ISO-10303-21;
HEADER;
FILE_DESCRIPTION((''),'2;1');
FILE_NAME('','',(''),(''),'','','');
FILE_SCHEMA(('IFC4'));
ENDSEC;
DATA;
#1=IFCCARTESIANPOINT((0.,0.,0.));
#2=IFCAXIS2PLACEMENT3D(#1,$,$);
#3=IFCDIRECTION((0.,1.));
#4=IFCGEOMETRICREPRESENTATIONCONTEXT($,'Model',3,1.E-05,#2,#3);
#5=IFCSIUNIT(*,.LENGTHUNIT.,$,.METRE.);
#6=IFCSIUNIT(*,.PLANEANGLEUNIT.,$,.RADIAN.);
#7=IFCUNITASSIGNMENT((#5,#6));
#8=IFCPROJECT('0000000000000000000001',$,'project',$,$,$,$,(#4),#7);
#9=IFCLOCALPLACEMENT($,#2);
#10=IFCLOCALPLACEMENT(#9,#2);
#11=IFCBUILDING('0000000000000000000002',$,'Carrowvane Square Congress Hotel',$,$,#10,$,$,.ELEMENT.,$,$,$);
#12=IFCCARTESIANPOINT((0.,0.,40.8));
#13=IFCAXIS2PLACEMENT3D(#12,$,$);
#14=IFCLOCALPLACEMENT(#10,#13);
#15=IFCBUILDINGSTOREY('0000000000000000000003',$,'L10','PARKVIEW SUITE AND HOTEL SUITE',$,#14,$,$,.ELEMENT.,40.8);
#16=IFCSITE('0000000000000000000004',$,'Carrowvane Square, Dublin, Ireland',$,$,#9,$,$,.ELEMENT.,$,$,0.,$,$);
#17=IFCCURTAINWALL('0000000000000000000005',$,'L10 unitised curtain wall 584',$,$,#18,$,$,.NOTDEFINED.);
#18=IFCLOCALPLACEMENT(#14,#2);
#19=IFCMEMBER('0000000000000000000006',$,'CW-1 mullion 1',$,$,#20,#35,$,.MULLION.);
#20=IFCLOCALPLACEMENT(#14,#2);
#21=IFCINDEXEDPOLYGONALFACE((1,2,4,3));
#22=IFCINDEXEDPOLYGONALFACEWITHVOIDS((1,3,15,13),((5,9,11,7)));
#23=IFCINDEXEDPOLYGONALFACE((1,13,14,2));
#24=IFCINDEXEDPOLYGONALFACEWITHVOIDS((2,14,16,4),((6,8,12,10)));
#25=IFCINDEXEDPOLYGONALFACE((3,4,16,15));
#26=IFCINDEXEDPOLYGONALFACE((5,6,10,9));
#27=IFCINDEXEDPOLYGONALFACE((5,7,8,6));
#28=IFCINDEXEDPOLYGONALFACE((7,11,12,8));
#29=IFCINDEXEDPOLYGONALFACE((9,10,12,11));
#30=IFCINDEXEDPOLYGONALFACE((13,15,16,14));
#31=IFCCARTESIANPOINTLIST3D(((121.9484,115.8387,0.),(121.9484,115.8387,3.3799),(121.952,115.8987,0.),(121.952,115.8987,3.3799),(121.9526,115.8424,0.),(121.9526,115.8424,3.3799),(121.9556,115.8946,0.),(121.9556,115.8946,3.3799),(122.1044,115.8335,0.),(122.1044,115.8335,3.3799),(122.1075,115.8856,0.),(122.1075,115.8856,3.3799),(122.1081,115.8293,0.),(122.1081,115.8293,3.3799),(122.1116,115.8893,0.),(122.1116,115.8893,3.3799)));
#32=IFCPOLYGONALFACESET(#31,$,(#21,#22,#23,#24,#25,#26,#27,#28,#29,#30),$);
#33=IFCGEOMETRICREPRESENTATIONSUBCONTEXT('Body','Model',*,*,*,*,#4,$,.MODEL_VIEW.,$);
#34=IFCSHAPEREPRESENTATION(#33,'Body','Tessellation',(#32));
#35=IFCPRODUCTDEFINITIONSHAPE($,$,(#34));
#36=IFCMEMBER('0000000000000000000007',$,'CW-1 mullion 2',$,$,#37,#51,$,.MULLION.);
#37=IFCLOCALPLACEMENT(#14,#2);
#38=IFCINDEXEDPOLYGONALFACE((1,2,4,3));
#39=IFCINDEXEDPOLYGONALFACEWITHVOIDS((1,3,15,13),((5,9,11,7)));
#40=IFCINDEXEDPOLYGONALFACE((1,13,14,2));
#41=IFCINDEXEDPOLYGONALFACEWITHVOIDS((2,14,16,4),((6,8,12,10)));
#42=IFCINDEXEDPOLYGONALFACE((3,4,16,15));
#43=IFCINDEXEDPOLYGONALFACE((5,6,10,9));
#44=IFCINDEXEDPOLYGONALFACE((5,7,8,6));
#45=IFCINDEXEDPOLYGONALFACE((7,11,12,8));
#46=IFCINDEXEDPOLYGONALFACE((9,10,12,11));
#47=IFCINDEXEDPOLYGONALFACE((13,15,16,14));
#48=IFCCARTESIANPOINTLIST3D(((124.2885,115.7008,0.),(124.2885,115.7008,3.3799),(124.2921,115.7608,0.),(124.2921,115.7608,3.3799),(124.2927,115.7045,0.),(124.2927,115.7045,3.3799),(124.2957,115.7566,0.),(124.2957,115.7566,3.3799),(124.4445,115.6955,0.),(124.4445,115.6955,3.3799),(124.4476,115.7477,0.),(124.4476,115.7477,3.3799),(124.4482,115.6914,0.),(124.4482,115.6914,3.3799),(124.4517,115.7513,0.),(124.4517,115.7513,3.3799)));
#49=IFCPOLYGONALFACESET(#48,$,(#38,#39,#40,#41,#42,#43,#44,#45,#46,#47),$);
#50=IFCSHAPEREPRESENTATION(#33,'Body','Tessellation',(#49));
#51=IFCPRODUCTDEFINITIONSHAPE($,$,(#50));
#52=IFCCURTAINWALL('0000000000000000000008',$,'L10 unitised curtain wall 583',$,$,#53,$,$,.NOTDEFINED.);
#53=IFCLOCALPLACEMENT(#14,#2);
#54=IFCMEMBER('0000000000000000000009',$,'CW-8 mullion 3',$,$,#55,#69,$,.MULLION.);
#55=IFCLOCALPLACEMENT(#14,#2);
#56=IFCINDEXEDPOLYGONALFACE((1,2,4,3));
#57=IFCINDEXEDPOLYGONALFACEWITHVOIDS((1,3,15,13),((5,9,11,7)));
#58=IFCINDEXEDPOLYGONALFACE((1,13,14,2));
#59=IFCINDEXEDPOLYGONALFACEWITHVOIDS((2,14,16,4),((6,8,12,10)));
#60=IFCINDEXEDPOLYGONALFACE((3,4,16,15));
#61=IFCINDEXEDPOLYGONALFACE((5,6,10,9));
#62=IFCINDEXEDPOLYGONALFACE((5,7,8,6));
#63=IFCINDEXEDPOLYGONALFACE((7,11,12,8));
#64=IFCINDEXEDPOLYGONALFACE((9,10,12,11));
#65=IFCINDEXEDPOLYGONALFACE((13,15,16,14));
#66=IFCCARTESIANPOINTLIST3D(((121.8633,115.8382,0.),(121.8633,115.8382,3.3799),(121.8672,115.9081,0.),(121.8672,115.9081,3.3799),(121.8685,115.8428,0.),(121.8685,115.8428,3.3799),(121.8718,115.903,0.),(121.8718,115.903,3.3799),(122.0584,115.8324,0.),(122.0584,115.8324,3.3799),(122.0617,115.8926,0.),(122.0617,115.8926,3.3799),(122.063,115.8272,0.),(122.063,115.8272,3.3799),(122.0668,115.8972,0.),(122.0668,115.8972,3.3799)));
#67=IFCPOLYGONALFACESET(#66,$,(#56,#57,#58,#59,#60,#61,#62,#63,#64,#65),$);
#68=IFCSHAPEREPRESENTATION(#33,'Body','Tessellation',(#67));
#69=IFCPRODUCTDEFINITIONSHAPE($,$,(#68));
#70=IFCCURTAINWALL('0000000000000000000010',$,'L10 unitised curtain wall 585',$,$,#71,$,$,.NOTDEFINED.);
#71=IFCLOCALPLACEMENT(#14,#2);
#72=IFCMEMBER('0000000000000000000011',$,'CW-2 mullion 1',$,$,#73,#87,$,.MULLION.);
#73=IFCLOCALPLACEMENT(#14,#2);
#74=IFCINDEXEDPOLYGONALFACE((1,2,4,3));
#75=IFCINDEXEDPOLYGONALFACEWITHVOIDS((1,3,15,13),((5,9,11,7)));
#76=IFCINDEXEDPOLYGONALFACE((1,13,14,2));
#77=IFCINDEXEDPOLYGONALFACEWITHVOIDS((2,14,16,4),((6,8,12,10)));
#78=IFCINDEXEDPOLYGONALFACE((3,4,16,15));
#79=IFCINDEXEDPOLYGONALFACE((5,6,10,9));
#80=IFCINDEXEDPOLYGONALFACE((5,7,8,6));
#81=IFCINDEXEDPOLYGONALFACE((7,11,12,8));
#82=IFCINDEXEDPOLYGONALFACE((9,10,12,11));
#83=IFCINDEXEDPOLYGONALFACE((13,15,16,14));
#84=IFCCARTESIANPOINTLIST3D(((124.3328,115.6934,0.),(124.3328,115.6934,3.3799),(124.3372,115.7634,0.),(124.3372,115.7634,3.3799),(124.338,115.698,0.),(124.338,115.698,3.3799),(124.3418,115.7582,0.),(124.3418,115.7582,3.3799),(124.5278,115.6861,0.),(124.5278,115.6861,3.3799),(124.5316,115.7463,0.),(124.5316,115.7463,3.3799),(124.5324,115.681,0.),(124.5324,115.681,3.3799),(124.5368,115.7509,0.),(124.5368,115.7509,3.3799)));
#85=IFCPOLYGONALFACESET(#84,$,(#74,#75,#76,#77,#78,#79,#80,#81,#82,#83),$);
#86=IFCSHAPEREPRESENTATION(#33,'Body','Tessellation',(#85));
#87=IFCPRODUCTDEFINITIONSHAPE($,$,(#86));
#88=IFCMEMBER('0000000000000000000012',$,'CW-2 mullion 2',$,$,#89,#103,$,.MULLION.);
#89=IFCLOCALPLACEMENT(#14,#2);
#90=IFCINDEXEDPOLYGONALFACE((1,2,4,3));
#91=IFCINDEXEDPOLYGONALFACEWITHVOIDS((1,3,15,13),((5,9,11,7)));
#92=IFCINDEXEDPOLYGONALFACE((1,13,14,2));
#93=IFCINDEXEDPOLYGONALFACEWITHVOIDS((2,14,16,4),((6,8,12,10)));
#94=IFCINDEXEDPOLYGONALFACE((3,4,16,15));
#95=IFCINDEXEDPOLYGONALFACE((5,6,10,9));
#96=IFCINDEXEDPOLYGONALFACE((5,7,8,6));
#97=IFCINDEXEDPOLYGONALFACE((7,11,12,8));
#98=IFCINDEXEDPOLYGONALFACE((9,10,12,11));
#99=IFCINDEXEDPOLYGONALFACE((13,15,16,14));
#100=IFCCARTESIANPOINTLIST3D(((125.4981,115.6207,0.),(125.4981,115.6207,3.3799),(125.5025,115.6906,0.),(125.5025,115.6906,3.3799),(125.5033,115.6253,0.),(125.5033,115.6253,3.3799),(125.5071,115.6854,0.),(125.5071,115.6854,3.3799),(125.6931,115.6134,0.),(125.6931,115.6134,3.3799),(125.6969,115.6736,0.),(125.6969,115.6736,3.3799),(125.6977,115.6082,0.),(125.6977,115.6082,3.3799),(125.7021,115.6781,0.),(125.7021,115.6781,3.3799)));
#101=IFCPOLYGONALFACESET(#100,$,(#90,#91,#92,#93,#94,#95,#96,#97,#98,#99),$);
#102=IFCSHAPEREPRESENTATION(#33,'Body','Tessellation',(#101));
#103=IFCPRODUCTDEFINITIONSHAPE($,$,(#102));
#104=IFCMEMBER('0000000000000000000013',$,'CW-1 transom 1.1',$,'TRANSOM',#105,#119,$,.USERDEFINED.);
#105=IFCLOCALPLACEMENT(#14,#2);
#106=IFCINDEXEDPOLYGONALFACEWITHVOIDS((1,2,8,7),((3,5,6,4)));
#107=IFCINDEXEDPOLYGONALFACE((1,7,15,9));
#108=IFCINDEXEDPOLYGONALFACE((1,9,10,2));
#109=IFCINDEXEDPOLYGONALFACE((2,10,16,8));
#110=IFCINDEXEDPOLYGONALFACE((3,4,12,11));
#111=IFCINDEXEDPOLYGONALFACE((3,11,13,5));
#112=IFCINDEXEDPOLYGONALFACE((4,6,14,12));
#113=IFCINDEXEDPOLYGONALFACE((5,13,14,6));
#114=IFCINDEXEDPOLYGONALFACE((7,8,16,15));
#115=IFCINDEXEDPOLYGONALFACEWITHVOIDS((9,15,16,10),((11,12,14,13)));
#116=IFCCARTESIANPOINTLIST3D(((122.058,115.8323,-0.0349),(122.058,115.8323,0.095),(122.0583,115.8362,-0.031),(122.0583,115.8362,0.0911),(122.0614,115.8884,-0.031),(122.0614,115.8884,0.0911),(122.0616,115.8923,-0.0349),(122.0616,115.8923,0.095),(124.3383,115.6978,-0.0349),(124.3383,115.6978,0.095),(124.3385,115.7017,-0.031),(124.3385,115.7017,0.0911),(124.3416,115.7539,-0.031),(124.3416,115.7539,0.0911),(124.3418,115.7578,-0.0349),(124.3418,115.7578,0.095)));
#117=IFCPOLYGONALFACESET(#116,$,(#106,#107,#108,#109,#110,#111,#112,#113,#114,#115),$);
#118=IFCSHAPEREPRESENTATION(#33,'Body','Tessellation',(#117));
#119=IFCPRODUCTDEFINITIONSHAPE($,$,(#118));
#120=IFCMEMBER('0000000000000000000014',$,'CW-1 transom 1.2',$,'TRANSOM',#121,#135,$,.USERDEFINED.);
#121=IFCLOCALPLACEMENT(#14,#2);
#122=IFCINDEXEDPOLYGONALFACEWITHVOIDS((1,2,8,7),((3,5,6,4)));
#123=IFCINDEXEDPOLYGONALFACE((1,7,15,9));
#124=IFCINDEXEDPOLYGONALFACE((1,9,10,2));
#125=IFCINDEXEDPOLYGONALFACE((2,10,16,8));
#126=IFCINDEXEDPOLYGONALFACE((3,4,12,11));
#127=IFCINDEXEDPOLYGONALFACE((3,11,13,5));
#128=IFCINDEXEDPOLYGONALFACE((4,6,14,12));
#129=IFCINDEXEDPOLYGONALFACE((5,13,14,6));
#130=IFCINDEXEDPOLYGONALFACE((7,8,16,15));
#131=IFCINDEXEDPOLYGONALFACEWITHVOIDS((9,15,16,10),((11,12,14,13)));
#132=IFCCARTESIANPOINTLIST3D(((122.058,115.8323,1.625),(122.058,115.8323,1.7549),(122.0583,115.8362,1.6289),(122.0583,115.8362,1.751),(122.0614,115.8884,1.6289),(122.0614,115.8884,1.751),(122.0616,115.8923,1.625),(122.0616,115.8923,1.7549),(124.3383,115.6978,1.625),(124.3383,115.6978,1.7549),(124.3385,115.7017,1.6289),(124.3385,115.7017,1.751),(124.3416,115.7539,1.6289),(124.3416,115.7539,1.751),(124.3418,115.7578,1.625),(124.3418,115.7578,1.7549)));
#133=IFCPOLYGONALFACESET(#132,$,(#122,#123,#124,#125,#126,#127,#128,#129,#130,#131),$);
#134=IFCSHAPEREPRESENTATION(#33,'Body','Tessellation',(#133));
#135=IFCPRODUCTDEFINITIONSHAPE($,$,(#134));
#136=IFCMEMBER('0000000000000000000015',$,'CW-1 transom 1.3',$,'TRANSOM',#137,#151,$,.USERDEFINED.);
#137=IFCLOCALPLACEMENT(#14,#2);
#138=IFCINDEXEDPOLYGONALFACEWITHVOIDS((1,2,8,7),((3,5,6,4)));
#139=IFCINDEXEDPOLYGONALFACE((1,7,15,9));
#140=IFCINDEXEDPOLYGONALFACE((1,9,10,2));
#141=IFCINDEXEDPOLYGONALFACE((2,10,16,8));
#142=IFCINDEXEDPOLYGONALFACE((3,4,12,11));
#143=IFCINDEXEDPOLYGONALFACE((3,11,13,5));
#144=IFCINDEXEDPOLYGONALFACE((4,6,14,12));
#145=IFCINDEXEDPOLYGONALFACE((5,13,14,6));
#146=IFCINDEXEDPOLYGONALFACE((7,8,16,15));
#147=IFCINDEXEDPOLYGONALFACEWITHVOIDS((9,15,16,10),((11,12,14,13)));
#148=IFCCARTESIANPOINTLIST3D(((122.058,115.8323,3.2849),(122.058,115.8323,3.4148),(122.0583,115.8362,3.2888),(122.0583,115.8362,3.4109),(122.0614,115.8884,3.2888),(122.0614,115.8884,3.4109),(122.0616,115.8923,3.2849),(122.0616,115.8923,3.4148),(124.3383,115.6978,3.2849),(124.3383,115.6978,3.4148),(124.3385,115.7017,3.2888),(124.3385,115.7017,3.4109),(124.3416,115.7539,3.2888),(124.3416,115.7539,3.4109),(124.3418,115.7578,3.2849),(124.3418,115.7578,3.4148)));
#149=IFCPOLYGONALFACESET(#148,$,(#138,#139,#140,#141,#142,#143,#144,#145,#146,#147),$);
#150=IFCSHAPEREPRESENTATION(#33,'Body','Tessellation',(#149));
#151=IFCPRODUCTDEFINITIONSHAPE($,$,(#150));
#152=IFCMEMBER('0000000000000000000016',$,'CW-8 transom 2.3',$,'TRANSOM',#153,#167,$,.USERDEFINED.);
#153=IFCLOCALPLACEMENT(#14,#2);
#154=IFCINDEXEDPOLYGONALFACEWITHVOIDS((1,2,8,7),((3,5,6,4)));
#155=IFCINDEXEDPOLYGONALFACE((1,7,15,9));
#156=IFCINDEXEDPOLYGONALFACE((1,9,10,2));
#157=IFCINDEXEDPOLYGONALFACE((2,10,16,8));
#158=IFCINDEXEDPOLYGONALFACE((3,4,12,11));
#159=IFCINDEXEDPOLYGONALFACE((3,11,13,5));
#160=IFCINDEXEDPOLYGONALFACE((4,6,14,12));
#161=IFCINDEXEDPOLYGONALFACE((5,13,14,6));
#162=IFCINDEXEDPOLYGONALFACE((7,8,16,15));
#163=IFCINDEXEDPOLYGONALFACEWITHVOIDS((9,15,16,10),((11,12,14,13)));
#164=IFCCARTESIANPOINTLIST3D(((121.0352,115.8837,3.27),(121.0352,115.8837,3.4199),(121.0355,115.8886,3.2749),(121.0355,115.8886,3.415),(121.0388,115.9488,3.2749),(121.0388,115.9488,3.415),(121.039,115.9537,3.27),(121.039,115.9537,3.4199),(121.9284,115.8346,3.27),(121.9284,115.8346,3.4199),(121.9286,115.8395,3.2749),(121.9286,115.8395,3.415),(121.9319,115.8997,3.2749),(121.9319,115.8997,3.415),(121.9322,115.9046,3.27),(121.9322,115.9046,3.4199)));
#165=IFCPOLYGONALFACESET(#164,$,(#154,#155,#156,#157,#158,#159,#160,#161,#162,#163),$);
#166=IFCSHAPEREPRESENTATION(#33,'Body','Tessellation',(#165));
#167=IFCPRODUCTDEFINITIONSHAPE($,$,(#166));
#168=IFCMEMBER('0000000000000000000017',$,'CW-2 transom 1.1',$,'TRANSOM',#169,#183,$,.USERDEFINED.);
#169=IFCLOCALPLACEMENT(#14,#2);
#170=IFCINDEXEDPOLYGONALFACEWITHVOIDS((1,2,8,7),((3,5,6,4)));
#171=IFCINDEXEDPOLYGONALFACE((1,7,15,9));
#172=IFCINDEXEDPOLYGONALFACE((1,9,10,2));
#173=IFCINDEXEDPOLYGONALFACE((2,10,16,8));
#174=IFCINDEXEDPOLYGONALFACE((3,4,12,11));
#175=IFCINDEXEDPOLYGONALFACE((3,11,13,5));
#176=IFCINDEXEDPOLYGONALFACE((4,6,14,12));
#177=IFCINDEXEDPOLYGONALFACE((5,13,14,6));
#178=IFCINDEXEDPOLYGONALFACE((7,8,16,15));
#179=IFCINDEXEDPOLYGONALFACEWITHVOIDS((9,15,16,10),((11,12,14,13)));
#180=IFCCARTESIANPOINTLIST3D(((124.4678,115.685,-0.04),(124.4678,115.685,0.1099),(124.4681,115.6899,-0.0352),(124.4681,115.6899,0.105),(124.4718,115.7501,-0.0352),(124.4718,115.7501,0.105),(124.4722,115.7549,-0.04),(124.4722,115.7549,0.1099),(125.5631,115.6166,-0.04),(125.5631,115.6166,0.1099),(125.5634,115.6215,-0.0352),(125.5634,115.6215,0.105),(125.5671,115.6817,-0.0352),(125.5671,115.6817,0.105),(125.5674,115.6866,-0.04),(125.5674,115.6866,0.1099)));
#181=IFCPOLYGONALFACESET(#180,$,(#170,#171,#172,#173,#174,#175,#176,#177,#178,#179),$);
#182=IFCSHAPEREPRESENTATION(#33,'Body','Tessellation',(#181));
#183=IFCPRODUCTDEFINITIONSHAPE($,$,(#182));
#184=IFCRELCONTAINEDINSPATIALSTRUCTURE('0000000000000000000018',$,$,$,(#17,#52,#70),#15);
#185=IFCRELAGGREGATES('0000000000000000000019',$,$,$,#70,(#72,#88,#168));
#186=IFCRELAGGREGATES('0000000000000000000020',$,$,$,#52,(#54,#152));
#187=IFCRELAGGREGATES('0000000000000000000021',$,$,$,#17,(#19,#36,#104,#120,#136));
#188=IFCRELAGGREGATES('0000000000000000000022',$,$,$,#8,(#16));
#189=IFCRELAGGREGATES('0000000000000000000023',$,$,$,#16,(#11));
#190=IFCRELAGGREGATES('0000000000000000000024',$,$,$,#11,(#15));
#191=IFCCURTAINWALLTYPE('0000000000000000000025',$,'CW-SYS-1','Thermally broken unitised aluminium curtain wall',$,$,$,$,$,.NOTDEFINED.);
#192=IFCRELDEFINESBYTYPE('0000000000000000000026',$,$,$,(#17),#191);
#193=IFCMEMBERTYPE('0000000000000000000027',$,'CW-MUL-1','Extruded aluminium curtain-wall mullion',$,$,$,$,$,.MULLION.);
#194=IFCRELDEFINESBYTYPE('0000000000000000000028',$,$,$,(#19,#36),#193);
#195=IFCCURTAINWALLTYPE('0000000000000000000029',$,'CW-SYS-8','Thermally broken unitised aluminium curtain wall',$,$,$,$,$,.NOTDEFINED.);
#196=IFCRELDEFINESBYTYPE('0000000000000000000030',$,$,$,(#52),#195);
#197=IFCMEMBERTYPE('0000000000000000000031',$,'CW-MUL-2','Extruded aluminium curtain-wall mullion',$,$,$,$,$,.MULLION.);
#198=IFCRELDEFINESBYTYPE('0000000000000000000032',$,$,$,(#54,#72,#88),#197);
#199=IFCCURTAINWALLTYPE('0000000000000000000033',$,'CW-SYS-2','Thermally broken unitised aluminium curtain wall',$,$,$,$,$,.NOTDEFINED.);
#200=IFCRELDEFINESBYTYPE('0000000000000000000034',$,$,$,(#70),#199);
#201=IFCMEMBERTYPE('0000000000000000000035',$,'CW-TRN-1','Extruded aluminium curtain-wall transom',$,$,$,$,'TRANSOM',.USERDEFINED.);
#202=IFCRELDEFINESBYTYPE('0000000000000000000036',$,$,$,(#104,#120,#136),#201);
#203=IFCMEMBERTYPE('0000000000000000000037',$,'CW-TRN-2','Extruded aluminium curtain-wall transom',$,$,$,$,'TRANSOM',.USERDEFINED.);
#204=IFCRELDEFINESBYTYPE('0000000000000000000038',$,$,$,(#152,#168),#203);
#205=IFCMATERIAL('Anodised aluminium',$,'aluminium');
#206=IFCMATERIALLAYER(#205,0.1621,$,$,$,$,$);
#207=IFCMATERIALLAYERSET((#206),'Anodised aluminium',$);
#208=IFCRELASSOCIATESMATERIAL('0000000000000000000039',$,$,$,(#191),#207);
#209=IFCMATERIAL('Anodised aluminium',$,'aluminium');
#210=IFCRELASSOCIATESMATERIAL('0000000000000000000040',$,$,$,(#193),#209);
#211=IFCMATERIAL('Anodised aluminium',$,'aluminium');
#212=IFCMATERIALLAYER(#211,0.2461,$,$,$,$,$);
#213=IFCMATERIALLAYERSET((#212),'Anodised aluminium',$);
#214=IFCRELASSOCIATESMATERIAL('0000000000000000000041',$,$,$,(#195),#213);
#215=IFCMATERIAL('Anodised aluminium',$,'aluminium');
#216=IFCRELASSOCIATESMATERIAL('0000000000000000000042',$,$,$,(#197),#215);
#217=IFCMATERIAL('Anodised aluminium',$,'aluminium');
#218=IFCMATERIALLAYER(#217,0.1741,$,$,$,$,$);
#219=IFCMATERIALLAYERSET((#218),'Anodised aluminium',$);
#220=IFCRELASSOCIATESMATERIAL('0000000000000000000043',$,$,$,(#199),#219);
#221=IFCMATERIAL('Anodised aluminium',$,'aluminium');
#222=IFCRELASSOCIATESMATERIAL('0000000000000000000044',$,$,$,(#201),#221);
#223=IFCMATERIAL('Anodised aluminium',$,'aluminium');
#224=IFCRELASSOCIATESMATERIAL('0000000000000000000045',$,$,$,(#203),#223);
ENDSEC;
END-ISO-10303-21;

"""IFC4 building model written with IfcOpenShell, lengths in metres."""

from ifc_helpers import new_model, si_unit, direction, frame, origin, origin_2d, place, context, subcontext, project, spatial, hollow_rectangle, extrude, material, layer, layer_set, material_profile, profile_set, type_object, element, aggregate, save


model = new_model("IFC4")

# Units and contexts
model_context = context("Model", 3, precision=1e-05, world=origin(), true_north=direction((0.0, 1.0)))
body_context = subcontext(model_context, "Body", "Model", "MODEL_VIEW")
ifc_project = project(units=[si_unit("LENGTHUNIT", "METRE"), si_unit("PLANEANGLEUNIT", "RADIAN")], contexts=[model_context])

# Site, building, storey
site_placement = place(None, origin())
site = spatial("IfcSite", under=ifc_project, at=site_placement, Name="Carrowvane Square, Dublin, Ireland", CompositionType="ELEMENT", RefElevation=0.0)
building_placement = place(site_placement, origin())
building = spatial("IfcBuilding", under=site, at=building_placement, Name="Carrowvane Square Congress Hotel", CompositionType="ELEMENT")
storey_placement = place(building_placement, frame((0.0, 0.0, 40.8)))
storey = spatial("IfcBuildingStorey", under=building, at=storey_placement, Name="L10", Description="PARKVIEW SUITE AND HOTEL SUITE", CompositionType="ELEMENT", Elevation=40.8)

# Curtain wall, members
ifc_material_1 = material(Name="Anodised aluminium", Category="aluminium")
ifc_layer_1 = layer(ifc_material_1, 0.1621)
ifc_layer_set_1 = layer_set([ifc_layer_1], Name="Anodised aluminium")
curtain_wall_type_1 = type_object("IfcCurtainWallType", Name="CW-SYS-1", Description="Thermally broken unitised aluminium curtain wall", PredefinedType="NOTDEFINED", material=ifc_layer_set_1)
curtain_wall_1_placement = place(storey_placement, origin())
curtain_wall_1 = element("IfcCurtainWall", 1, at=curtain_wall_1_placement, inside=storey, type_object=curtain_wall_type_1, Name="L10 unitised curtain wall 584", PredefinedType="NOTDEFINED")
ifc_material_2 = material(Name="Anodised aluminium", Category="aluminium")
ifc_material_profile_1 = material_profile(ifc_material_2, hollow_rectangle(XDim=0.0601, YDim=0.1599, WallThickness=0.0039, at=origin_2d()), Name="CW-ML 60x160x4")
ifc_profile_set_1 = profile_set([ifc_material_profile_1], Name="Anodised aluminium")
member_type_1 = type_object("IfcMemberType", Name="CW-MUL-1", Description="Extruded aluminium curtain-wall mullion", PredefinedType="MULLION", material=ifc_profile_set_1)
member_1_placement = place(storey_placement, frame((122.03, 115.864, 0.0), z_axis=(0.0, 0.0, 1.0), x_axis=(0.058851, 0.998267, 0.0)))
member_1 = element("IfcMember", 2, at=member_1_placement, type_object=member_type_1, Name="CW-1 mullion 1", PredefinedType="MULLION", context=body_context, shape_type="SweptSolid", body=[
    extrude(hollow_rectangle(XDim=0.0601, YDim=0.1599, WallThickness=0.0039, at=origin_2d()), origin(), (0.0, 0.0, 1.0), 3.3799),
])
member_2_placement = place(storey_placement, frame((124.3701, 115.7261, 0.0), z_axis=(0.0, 0.0, 1.0), x_axis=(0.058851, 0.998267, 0.0)))
member_2 = element("IfcMember", 3, at=member_2_placement, type_object=member_type_1, Name="CW-1 mullion 2", PredefinedType="MULLION", context=body_context, shape_type="SweptSolid", body=[
    extrude(hollow_rectangle(XDim=0.0601, YDim=0.1599, WallThickness=0.0039, at=origin_2d()), origin(), (0.0, 0.0, 1.0), 3.3799),
])

# Curtain wall, member
ifc_material_3 = material(Name="Anodised aluminium", Category="aluminium")
ifc_layer_2 = layer(ifc_material_3, 0.2461)
ifc_layer_set_2 = layer_set([ifc_layer_2], Name="Anodised aluminium")
curtain_wall_type_2 = type_object("IfcCurtainWallType", Name="CW-SYS-8", Description="Thermally broken unitised aluminium curtain wall", PredefinedType="NOTDEFINED", material=ifc_layer_set_2)
curtain_wall_2_placement = place(storey_placement, origin())
curtain_wall_2 = element("IfcCurtainWall", 4, at=curtain_wall_2_placement, inside=storey, type_object=curtain_wall_type_2, Name="L10 unitised curtain wall 583", PredefinedType="NOTDEFINED")
ifc_material_4 = material(Name="Anodised aluminium", Category="aluminium")
ifc_material_profile_2 = material_profile(ifc_material_4, hollow_rectangle(XDim=0.0701, YDim=0.2, WallThickness=0.0049, at=origin_2d()), Name="CW-ML 70x200x5")
ifc_profile_set_2 = profile_set([ifc_material_profile_2], Name="Anodised aluminium")
member_type_2 = type_object("IfcMemberType", Name="CW-MUL-2", Description="Extruded aluminium curtain-wall mullion", PredefinedType="MULLION", material=ifc_profile_set_2)
member_3_placement = place(storey_placement, frame((121.9651, 115.8677, 0.0), z_axis=(0.0, 0.0, 1.0), x_axis=(0.054816, 0.998496, 0.0)))
member_3 = element("IfcMember", 5, at=member_3_placement, type_object=member_type_2, Name="CW-8 mullion 3", PredefinedType="MULLION", context=body_context, shape_type="SweptSolid", body=[
    extrude(hollow_rectangle(XDim=0.0701, YDim=0.2, WallThickness=0.0049, at=origin_2d()), origin(), (0.0, 0.0, 1.0), 3.3799),
])

# Curtain wall, members
ifc_material_5 = material(Name="Anodised aluminium", Category="aluminium")
ifc_layer_3 = layer(ifc_material_5, 0.1741)
ifc_layer_set_3 = layer_set([ifc_layer_3], Name="Anodised aluminium")
curtain_wall_type_3 = type_object("IfcCurtainWallType", Name="CW-SYS-2", Description="Thermally broken unitised aluminium curtain wall", PredefinedType="NOTDEFINED", material=ifc_layer_set_3)
curtain_wall_3_placement = place(storey_placement, origin())
curtain_wall_3 = element("IfcCurtainWall", 6, at=curtain_wall_3_placement, inside=storey, type_object=curtain_wall_type_3, Name="L10 unitised curtain wall 585", PredefinedType="NOTDEFINED")
member_4_placement = place(storey_placement, frame((124.4348, 115.7222, 0.0), z_axis=(0.0, 0.0, 1.0), x_axis=(0.062399, 0.998051, 0.0)))
member_4 = element("IfcMember", 7, at=member_4_placement, type_object=member_type_2, Name="CW-2 mullion 1", PredefinedType="MULLION", context=body_context, shape_type="SweptSolid", body=[
    extrude(hollow_rectangle(XDim=0.0701, YDim=0.2, WallThickness=0.0049, at=origin_2d()), origin(), (0.0, 0.0, 1.0), 3.3799),
])
member_5_placement = place(storey_placement, frame((125.6001, 115.6494, 0.0), z_axis=(0.0, 0.0, 1.0), x_axis=(0.062399, 0.998051, 0.0)))
member_5 = element("IfcMember", 8, at=member_5_placement, type_object=member_type_2, Name="CW-2 mullion 2", PredefinedType="MULLION", context=body_context, shape_type="SweptSolid", body=[
    extrude(hollow_rectangle(XDim=0.0701, YDim=0.2, WallThickness=0.0049, at=origin_2d()), origin(), (0.0, 0.0, 1.0), 3.3799),
])

# Members
ifc_material_6 = material(Name="Anodised aluminium", Category="aluminium")
ifc_material_profile_3 = material_profile(ifc_material_6, hollow_rectangle(XDim=0.0601, YDim=0.1299, WallThickness=0.0039, at=origin_2d()), Name="CW-TR 60x130x4")
ifc_profile_set_3 = profile_set([ifc_material_profile_3], Name="Anodised aluminium")
member_type_3 = type_object("IfcMemberType", Name="CW-TRN-1", Description="Extruded aluminium curtain-wall transom", ElementType="TRANSOM", PredefinedType="USERDEFINED", material=ifc_profile_set_3)
member_6_placement = place(storey_placement, frame((122.0598, 115.8623, 0.03), z_axis=(0.998264, -0.058891, 0.0), x_axis=(0.058891, 0.998264, 0.0)))
member_6 = element("IfcMember", 9, at=member_6_placement, type_object=member_type_3, Name="CW-1 transom 1.1", ObjectType="TRANSOM", PredefinedType="USERDEFINED", context=body_context, shape_type="SweptSolid", body=[
    extrude(hollow_rectangle(XDim=0.0601, YDim=0.1299, WallThickness=0.0039, at=origin_2d()), origin(), (0.0, 0.0, 1.0), 2.2842),
])
member_7_placement = place(storey_placement, frame((122.0598, 115.8623, 1.6899), z_axis=(0.998264, -0.058891, 0.0), x_axis=(0.058891, 0.998264, 0.0)))
member_7 = element("IfcMember", 10, at=member_7_placement, type_object=member_type_3, Name="CW-1 transom 1.2", ObjectType="TRANSOM", PredefinedType="USERDEFINED", context=body_context, shape_type="SweptSolid", body=[
    extrude(hollow_rectangle(XDim=0.0601, YDim=0.1299, WallThickness=0.0039, at=origin_2d()), origin(), (0.0, 0.0, 1.0), 2.2842),
])
member_8_placement = place(storey_placement, frame((122.0598, 115.8623, 3.3499), z_axis=(0.998264, -0.058891, 0.0), x_axis=(0.058891, 0.998264, 0.0)))
member_8 = element("IfcMember", 11, at=member_8_placement, type_object=member_type_3, Name="CW-1 transom 1.3", ObjectType="TRANSOM", PredefinedType="USERDEFINED", context=body_context, shape_type="SweptSolid", body=[
    extrude(hollow_rectangle(XDim=0.0601, YDim=0.1299, WallThickness=0.0039, at=origin_2d()), origin(), (0.0, 0.0, 1.0), 2.2842),
])
ifc_material_7 = material(Name="Anodised aluminium", Category="aluminium")
ifc_material_profile_4 = material_profile(ifc_material_7, hollow_rectangle(XDim=0.0701, YDim=0.1499, WallThickness=0.0049, at=origin_2d()), Name="CW-TR 70x150x5")
ifc_profile_set_4 = profile_set([ifc_material_profile_4], Name="Anodised aluminium")
member_type_4 = type_object("IfcMemberType", Name="CW-TRN-2", Description="Extruded aluminium curtain-wall transom", ElementType="TRANSOM", PredefinedType="USERDEFINED", material=ifc_profile_set_4)
member_9_placement = place(storey_placement, frame((121.0371, 115.9187, 3.345), z_axis=(0.998494, -0.054865, 0.0), x_axis=(0.054865, 0.998494, 0.0)))
member_9 = element("IfcMember", 12, at=member_9_placement, type_object=member_type_4, Name="CW-8 transom 2.3", ObjectType="TRANSOM", PredefinedType="USERDEFINED", context=body_context, shape_type="SweptSolid", body=[
    extrude(hollow_rectangle(XDim=0.0701, YDim=0.1499, WallThickness=0.0049, at=origin_2d()), origin(), (0.0, 0.0, 1.0), 0.8945),
])
member_10_placement = place(storey_placement, frame((124.47, 115.72, 0.0349), z_axis=(0.998058, -0.062295, 0.0), x_axis=(0.062295, 0.998058, 0.0)))
member_10 = element("IfcMember", 13, at=member_10_placement, type_object=member_type_4, Name="CW-2 transom 1.1", ObjectType="TRANSOM", PredefinedType="USERDEFINED", context=body_context, shape_type="SweptSolid", body=[
    extrude(hollow_rectangle(XDim=0.0701, YDim=0.1499, WallThickness=0.0049, at=origin_2d()), origin(), (0.0, 0.0, 1.0), 1.0974),
])

aggregate(curtain_wall_3, [member_4, member_5, member_10])
aggregate(curtain_wall_2, [member_3, member_9])
aggregate(curtain_wall_1, [member_1, member_2, member_6, member_7, member_8])

save(model, "model.ifc")
